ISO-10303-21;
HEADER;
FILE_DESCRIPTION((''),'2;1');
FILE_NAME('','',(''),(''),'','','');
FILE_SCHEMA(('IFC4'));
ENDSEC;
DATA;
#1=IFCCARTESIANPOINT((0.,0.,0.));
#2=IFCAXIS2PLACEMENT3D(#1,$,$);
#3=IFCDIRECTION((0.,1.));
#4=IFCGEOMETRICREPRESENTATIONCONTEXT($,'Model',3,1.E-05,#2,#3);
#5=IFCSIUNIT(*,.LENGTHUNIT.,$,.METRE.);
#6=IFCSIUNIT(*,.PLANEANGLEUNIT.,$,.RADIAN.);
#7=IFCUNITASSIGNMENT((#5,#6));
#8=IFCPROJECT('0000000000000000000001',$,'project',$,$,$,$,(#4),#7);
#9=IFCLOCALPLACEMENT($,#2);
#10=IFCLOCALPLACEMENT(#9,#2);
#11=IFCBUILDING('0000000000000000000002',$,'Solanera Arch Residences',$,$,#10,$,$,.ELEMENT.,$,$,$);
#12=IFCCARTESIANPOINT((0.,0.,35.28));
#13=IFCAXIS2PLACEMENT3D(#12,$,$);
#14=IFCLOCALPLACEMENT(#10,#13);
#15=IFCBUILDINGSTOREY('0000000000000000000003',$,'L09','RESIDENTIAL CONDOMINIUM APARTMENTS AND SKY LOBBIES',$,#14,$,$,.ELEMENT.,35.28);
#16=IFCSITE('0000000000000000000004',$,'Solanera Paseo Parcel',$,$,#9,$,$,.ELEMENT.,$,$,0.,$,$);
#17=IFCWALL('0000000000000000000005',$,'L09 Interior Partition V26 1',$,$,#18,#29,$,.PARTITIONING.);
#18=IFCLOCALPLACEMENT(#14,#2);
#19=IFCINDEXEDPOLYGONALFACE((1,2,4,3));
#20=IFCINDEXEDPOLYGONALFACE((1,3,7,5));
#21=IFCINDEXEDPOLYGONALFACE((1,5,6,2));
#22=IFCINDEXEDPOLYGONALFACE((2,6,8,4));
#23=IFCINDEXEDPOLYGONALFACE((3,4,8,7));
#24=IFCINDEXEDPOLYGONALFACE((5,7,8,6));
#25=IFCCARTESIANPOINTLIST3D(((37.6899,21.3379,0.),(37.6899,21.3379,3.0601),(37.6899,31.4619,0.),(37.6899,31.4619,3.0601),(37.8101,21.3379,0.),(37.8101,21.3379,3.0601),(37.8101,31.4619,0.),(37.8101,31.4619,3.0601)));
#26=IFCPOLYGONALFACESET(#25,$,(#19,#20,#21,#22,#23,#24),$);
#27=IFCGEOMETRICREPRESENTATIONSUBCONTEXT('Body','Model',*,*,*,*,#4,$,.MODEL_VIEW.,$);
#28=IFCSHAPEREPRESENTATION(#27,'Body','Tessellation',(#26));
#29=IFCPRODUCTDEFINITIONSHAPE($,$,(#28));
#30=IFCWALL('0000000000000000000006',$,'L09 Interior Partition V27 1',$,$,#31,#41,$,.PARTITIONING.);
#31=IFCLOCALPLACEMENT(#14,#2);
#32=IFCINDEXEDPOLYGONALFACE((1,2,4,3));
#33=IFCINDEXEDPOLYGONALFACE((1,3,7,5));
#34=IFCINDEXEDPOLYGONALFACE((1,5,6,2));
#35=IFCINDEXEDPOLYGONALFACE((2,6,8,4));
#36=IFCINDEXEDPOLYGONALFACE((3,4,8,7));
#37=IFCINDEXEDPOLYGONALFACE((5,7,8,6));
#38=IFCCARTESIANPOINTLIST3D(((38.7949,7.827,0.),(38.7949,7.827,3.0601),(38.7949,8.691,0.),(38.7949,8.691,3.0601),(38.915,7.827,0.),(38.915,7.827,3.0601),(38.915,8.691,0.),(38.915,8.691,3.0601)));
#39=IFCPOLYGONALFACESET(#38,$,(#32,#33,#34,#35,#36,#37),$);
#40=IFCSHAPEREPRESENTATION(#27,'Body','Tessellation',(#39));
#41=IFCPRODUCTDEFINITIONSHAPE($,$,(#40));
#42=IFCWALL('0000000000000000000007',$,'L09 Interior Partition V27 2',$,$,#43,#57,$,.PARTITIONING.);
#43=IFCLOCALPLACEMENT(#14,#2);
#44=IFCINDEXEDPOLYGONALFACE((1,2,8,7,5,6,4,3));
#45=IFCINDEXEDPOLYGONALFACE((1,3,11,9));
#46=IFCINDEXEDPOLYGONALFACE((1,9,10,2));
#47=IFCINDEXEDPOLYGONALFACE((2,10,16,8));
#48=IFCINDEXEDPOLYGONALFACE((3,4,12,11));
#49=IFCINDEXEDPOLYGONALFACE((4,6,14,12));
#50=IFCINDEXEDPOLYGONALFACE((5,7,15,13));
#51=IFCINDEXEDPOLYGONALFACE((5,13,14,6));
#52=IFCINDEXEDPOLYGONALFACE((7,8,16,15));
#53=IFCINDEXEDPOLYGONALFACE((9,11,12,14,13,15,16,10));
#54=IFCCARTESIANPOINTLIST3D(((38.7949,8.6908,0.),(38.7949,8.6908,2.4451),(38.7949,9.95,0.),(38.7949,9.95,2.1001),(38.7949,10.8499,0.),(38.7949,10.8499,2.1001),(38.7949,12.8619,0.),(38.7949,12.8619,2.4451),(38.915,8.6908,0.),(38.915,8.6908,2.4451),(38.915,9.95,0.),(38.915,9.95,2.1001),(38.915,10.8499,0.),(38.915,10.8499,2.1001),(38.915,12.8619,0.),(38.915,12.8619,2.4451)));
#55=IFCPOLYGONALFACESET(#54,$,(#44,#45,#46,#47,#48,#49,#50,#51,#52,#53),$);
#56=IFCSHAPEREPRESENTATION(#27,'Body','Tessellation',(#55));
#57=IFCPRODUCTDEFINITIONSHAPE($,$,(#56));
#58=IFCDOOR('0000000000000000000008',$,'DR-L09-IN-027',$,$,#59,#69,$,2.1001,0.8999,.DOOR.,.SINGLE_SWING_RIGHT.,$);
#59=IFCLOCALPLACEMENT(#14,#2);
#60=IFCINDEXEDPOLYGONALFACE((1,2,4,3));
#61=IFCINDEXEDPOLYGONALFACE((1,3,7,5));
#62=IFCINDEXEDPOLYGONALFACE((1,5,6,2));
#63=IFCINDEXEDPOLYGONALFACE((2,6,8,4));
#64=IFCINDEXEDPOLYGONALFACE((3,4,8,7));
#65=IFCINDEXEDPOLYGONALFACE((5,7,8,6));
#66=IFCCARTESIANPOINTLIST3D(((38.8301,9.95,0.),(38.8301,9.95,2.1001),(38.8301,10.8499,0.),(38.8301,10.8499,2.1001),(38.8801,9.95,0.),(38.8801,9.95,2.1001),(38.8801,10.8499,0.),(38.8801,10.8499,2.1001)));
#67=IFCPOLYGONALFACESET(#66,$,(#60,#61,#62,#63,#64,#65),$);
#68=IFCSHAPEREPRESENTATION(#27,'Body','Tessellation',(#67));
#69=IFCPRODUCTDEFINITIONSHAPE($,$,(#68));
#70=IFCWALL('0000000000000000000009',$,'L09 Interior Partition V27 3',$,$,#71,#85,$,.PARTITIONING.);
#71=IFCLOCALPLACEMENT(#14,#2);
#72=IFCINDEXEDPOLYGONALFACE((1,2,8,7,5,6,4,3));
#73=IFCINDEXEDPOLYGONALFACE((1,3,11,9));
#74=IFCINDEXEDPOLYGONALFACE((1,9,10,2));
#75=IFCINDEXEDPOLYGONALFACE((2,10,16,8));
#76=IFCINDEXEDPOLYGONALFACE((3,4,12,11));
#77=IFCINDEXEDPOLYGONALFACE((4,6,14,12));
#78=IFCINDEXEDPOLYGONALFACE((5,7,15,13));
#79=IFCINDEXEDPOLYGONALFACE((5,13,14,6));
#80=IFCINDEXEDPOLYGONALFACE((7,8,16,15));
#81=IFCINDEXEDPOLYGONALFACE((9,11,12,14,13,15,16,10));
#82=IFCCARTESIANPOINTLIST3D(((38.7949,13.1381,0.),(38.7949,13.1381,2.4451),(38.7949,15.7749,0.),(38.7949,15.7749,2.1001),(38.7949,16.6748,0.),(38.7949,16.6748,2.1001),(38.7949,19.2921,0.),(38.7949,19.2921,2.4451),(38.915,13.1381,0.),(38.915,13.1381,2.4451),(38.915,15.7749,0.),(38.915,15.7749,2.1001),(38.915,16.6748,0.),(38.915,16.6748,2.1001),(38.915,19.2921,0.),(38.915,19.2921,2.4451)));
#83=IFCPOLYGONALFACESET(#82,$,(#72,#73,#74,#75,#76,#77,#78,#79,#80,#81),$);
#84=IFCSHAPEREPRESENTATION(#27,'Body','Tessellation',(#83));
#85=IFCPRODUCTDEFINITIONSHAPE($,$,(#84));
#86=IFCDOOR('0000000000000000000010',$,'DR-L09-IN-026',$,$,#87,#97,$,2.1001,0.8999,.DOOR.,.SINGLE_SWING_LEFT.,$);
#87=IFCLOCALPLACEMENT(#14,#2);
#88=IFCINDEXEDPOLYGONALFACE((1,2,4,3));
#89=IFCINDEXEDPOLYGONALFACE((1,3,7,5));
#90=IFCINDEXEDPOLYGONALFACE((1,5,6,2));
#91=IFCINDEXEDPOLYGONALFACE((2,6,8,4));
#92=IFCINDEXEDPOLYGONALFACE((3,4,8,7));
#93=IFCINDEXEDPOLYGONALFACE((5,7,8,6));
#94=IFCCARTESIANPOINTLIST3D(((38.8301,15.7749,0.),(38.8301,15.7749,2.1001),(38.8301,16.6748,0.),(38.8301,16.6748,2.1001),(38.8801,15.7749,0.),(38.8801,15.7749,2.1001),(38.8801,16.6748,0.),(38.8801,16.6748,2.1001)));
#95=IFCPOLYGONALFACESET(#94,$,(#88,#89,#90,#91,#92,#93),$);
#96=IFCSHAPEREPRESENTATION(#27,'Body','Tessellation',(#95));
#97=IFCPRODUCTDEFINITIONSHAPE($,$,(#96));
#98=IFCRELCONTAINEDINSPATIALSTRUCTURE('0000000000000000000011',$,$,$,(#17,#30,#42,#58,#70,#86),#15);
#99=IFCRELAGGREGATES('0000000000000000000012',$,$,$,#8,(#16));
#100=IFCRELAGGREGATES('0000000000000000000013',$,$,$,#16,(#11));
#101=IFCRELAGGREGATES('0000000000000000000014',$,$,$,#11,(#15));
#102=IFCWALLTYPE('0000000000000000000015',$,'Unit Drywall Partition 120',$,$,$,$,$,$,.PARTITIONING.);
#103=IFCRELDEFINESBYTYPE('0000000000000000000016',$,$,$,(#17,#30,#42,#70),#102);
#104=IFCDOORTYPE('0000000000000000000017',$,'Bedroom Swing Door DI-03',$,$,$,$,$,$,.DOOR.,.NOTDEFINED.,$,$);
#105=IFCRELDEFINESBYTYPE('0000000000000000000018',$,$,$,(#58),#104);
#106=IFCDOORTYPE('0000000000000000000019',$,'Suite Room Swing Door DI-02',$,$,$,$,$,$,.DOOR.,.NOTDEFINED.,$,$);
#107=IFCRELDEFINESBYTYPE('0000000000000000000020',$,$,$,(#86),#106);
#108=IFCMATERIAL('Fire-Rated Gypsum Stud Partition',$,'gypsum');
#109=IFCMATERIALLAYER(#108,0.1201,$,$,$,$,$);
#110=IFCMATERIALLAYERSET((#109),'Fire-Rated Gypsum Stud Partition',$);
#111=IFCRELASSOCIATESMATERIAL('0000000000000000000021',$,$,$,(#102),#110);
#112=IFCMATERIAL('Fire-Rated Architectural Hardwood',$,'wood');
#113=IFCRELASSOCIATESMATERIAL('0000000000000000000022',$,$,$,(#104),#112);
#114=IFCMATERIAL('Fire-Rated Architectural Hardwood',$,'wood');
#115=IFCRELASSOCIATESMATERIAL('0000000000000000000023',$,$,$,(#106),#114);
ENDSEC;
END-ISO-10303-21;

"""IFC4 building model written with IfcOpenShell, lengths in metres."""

from ifc_helpers import new_model, si_unit, direction, frame, frame_2d, origin, place, context, subcontext, project, spatial, rectangle, extrude, material, layer, layer_set, type_object, element, fill, save


model = new_model("IFC4")

# Units and contexts
model_context = context("Model", 3, precision=1e-05, world=origin(), true_north=direction((0.0, 1.0)))
body_context = subcontext(model_context, "Body", "Model", "MODEL_VIEW")
ifc_project = project(units=[si_unit("LENGTHUNIT", "METRE"), si_unit("PLANEANGLEUNIT", "RADIAN")], contexts=[model_context])

# Site, building, storey
site_placement = place(None, origin())
site = spatial("IfcSite", under=ifc_project, at=site_placement, Name="Solanera Paseo Parcel", CompositionType="ELEMENT", RefElevation=0.0)
building_placement = place(site_placement, origin())
building = spatial("IfcBuilding", under=site, at=building_placement, Name="Solanera Arch Residences", CompositionType="ELEMENT")
storey_placement = place(building_placement, frame((0.0, 0.0, 35.28)))
storey = spatial("IfcBuildingStorey", under=building, at=storey_placement, Name="L09", Description="RESIDENTIAL CONDOMINIUM APARTMENTS AND SKY LOBBIES", CompositionType="ELEMENT", Elevation=35.28)

# Walls
ifc_material_1 = material(Name="Fire-Rated Gypsum Stud Partition", Category="gypsum")
ifc_layer_1 = layer(ifc_material_1, 0.1201)
ifc_layer_set_1 = layer_set([ifc_layer_1], Name="Fire-Rated Gypsum Stud Partition")
wall_type_1 = type_object("IfcWallType", Name="Unit Drywall Partition 120", PredefinedType="PARTITIONING", material=ifc_layer_set_1)
wall_1_placement = place(storey_placement, frame((37.75, 21.3379, 0.0), z_axis=(0.0, 0.0, 1.0), x_axis=(0.0, 1.0, 0.0)))
element("IfcWall", 1, at=wall_1_placement, inside=storey, type_object=wall_type_1, Name="L09 Interior Partition V26 1", PredefinedType="PARTITIONING", context=body_context, shape_type="SweptSolid", body=[
    extrude(rectangle(XDim=10.124, YDim=0.1201, at=frame_2d((5.062, 0.0))), origin(), (0.0, 0.0, 1.0), 3.0601),
])
wall_2_placement = place(storey_placement, frame((38.855, 7.8269, 0.0), z_axis=(0.0, 0.0, 1.0), x_axis=(0.0, 1.0, 0.0)))
element("IfcWall", 2, at=wall_2_placement, inside=storey, type_object=wall_type_1, Name="L09 Interior Partition V27 1", PredefinedType="PARTITIONING", context=body_context, shape_type="SweptSolid", body=[
    extrude(rectangle(XDim=0.864, YDim=0.1201, at=frame_2d((0.4321, 0.0))), origin(), (0.0, 0.0, 1.0), 3.0601),
])

# Walls, openings, doors
wall_3_placement = place(storey_placement, frame((38.855, 8.6909, 0.0), z_axis=(0.0, 0.0, 1.0), x_axis=(0.0, 1.0, 0.0)))
wall_3 = element("IfcWall", 3, at=wall_3_placement, inside=storey, type_object=wall_type_1, Name="L09 Interior Partition V27 2", PredefinedType="PARTITIONING", context=body_context, shape_type="SweptSolid", body=[
    extrude(rectangle(XDim=4.1711, YDim=0.1201, at=frame_2d((2.0854, 0.0))), origin(), (0.0, 0.0, 1.0), 2.4451),
])
opening_1_placement = place(wall_3_placement, frame((1.259, 0.0, 0.0)))
opening_1 = element("IfcOpeningElement", 4, at=opening_1_placement, cuts=wall_3, PredefinedType="OPENING", context=body_context, shape_type="SweptSolid", body=[
    extrude(rectangle(XDim=0.8999, YDim=2.1001, at=frame_2d((0.45, 1.05))), frame((0.0, 0.0701, 0.0), z_axis=(0.0, -1.0, 0.0), x_axis=(1.0, 0.0, 0.0)), (0.0, 0.0, 1.0), 0.1401),
])
ifc_material_2 = material(Name="Fire-Rated Architectural Hardwood", Category="wood")
door_type_1 = type_object("IfcDoorType", Name="Bedroom Swing Door DI-03", OperationType="NOTDEFINED", PredefinedType="DOOR", material=ifc_material_2)
door_1_placement = place(opening_1_placement, origin())
door_1 = element("IfcDoor", 5, at=door_1_placement, inside=storey, type_object=door_type_1, Name="DR-L09-IN-027", OperationType="SINGLE_SWING_RIGHT", OverallHeight=2.1001, OverallWidth=0.8999, PredefinedType="DOOR", context=body_context, shape_type="SweptSolid", body=[
    extrude(rectangle(XDim=0.8999, YDim=2.1001, at=frame_2d((0.45, 1.05))), frame((0.0, 0.0249, 0.0), z_axis=(0.0, -1.0, 0.0), x_axis=(1.0, 0.0, 0.0)), (0.0, 0.0, 1.0), 0.05),
])
fill(opening_1, door_1)
wall_4_placement = place(storey_placement, frame((38.855, 13.1379, 0.0), z_axis=(0.0, 0.0, 1.0), x_axis=(0.0, 1.0, 0.0)))
wall_4 = element("IfcWall", 6, at=wall_4_placement, inside=storey, type_object=wall_type_1, Name="L09 Interior Partition V27 3", PredefinedType="PARTITIONING", context=body_context, shape_type="SweptSolid", body=[
    extrude(rectangle(XDim=6.1541, YDim=0.1201, at=frame_2d((3.0771, 0.0))), origin(), (0.0, 0.0, 1.0), 2.4451),
])
opening_2_placement = place(wall_4_placement, frame((2.637, 0.0, 0.0)))
opening_2 = element("IfcOpeningElement", 7, at=opening_2_placement, cuts=wall_4, PredefinedType="OPENING", context=body_context, shape_type="SweptSolid", body=[
    extrude(rectangle(XDim=0.8999, YDim=2.1001, at=frame_2d((0.45, 1.05))), frame((0.0, 0.0701, 0.0), z_axis=(0.0, -1.0, 0.0), x_axis=(1.0, 0.0, 0.0)), (0.0, 0.0, 1.0), 0.1401),
])
ifc_material_3 = material(Name="Fire-Rated Architectural Hardwood", Category="wood")
door_type_2 = type_object("IfcDoorType", Name="Suite Room Swing Door DI-02", OperationType="NOTDEFINED", PredefinedType="DOOR", material=ifc_material_3)
door_2_placement = place(opening_2_placement, origin())
door_2 = element("IfcDoor", 8, at=door_2_placement, inside=storey, type_object=door_type_2, Name="DR-L09-IN-026", OperationType="SINGLE_SWING_LEFT", OverallHeight=2.1001, OverallWidth=0.8999, PredefinedType="DOOR", context=body_context, shape_type="SweptSolid", body=[
    extrude(rectangle(XDim=0.8999, YDim=2.1001, at=frame_2d((0.45, 1.05))), frame((0.0, 0.0249, 0.0), z_axis=(0.0, -1.0, 0.0), x_axis=(1.0, 0.0, 0.0)), (0.0, 0.0, 1.0), 0.05),
])
fill(opening_2, door_2)

save(model, "model.ifc")
